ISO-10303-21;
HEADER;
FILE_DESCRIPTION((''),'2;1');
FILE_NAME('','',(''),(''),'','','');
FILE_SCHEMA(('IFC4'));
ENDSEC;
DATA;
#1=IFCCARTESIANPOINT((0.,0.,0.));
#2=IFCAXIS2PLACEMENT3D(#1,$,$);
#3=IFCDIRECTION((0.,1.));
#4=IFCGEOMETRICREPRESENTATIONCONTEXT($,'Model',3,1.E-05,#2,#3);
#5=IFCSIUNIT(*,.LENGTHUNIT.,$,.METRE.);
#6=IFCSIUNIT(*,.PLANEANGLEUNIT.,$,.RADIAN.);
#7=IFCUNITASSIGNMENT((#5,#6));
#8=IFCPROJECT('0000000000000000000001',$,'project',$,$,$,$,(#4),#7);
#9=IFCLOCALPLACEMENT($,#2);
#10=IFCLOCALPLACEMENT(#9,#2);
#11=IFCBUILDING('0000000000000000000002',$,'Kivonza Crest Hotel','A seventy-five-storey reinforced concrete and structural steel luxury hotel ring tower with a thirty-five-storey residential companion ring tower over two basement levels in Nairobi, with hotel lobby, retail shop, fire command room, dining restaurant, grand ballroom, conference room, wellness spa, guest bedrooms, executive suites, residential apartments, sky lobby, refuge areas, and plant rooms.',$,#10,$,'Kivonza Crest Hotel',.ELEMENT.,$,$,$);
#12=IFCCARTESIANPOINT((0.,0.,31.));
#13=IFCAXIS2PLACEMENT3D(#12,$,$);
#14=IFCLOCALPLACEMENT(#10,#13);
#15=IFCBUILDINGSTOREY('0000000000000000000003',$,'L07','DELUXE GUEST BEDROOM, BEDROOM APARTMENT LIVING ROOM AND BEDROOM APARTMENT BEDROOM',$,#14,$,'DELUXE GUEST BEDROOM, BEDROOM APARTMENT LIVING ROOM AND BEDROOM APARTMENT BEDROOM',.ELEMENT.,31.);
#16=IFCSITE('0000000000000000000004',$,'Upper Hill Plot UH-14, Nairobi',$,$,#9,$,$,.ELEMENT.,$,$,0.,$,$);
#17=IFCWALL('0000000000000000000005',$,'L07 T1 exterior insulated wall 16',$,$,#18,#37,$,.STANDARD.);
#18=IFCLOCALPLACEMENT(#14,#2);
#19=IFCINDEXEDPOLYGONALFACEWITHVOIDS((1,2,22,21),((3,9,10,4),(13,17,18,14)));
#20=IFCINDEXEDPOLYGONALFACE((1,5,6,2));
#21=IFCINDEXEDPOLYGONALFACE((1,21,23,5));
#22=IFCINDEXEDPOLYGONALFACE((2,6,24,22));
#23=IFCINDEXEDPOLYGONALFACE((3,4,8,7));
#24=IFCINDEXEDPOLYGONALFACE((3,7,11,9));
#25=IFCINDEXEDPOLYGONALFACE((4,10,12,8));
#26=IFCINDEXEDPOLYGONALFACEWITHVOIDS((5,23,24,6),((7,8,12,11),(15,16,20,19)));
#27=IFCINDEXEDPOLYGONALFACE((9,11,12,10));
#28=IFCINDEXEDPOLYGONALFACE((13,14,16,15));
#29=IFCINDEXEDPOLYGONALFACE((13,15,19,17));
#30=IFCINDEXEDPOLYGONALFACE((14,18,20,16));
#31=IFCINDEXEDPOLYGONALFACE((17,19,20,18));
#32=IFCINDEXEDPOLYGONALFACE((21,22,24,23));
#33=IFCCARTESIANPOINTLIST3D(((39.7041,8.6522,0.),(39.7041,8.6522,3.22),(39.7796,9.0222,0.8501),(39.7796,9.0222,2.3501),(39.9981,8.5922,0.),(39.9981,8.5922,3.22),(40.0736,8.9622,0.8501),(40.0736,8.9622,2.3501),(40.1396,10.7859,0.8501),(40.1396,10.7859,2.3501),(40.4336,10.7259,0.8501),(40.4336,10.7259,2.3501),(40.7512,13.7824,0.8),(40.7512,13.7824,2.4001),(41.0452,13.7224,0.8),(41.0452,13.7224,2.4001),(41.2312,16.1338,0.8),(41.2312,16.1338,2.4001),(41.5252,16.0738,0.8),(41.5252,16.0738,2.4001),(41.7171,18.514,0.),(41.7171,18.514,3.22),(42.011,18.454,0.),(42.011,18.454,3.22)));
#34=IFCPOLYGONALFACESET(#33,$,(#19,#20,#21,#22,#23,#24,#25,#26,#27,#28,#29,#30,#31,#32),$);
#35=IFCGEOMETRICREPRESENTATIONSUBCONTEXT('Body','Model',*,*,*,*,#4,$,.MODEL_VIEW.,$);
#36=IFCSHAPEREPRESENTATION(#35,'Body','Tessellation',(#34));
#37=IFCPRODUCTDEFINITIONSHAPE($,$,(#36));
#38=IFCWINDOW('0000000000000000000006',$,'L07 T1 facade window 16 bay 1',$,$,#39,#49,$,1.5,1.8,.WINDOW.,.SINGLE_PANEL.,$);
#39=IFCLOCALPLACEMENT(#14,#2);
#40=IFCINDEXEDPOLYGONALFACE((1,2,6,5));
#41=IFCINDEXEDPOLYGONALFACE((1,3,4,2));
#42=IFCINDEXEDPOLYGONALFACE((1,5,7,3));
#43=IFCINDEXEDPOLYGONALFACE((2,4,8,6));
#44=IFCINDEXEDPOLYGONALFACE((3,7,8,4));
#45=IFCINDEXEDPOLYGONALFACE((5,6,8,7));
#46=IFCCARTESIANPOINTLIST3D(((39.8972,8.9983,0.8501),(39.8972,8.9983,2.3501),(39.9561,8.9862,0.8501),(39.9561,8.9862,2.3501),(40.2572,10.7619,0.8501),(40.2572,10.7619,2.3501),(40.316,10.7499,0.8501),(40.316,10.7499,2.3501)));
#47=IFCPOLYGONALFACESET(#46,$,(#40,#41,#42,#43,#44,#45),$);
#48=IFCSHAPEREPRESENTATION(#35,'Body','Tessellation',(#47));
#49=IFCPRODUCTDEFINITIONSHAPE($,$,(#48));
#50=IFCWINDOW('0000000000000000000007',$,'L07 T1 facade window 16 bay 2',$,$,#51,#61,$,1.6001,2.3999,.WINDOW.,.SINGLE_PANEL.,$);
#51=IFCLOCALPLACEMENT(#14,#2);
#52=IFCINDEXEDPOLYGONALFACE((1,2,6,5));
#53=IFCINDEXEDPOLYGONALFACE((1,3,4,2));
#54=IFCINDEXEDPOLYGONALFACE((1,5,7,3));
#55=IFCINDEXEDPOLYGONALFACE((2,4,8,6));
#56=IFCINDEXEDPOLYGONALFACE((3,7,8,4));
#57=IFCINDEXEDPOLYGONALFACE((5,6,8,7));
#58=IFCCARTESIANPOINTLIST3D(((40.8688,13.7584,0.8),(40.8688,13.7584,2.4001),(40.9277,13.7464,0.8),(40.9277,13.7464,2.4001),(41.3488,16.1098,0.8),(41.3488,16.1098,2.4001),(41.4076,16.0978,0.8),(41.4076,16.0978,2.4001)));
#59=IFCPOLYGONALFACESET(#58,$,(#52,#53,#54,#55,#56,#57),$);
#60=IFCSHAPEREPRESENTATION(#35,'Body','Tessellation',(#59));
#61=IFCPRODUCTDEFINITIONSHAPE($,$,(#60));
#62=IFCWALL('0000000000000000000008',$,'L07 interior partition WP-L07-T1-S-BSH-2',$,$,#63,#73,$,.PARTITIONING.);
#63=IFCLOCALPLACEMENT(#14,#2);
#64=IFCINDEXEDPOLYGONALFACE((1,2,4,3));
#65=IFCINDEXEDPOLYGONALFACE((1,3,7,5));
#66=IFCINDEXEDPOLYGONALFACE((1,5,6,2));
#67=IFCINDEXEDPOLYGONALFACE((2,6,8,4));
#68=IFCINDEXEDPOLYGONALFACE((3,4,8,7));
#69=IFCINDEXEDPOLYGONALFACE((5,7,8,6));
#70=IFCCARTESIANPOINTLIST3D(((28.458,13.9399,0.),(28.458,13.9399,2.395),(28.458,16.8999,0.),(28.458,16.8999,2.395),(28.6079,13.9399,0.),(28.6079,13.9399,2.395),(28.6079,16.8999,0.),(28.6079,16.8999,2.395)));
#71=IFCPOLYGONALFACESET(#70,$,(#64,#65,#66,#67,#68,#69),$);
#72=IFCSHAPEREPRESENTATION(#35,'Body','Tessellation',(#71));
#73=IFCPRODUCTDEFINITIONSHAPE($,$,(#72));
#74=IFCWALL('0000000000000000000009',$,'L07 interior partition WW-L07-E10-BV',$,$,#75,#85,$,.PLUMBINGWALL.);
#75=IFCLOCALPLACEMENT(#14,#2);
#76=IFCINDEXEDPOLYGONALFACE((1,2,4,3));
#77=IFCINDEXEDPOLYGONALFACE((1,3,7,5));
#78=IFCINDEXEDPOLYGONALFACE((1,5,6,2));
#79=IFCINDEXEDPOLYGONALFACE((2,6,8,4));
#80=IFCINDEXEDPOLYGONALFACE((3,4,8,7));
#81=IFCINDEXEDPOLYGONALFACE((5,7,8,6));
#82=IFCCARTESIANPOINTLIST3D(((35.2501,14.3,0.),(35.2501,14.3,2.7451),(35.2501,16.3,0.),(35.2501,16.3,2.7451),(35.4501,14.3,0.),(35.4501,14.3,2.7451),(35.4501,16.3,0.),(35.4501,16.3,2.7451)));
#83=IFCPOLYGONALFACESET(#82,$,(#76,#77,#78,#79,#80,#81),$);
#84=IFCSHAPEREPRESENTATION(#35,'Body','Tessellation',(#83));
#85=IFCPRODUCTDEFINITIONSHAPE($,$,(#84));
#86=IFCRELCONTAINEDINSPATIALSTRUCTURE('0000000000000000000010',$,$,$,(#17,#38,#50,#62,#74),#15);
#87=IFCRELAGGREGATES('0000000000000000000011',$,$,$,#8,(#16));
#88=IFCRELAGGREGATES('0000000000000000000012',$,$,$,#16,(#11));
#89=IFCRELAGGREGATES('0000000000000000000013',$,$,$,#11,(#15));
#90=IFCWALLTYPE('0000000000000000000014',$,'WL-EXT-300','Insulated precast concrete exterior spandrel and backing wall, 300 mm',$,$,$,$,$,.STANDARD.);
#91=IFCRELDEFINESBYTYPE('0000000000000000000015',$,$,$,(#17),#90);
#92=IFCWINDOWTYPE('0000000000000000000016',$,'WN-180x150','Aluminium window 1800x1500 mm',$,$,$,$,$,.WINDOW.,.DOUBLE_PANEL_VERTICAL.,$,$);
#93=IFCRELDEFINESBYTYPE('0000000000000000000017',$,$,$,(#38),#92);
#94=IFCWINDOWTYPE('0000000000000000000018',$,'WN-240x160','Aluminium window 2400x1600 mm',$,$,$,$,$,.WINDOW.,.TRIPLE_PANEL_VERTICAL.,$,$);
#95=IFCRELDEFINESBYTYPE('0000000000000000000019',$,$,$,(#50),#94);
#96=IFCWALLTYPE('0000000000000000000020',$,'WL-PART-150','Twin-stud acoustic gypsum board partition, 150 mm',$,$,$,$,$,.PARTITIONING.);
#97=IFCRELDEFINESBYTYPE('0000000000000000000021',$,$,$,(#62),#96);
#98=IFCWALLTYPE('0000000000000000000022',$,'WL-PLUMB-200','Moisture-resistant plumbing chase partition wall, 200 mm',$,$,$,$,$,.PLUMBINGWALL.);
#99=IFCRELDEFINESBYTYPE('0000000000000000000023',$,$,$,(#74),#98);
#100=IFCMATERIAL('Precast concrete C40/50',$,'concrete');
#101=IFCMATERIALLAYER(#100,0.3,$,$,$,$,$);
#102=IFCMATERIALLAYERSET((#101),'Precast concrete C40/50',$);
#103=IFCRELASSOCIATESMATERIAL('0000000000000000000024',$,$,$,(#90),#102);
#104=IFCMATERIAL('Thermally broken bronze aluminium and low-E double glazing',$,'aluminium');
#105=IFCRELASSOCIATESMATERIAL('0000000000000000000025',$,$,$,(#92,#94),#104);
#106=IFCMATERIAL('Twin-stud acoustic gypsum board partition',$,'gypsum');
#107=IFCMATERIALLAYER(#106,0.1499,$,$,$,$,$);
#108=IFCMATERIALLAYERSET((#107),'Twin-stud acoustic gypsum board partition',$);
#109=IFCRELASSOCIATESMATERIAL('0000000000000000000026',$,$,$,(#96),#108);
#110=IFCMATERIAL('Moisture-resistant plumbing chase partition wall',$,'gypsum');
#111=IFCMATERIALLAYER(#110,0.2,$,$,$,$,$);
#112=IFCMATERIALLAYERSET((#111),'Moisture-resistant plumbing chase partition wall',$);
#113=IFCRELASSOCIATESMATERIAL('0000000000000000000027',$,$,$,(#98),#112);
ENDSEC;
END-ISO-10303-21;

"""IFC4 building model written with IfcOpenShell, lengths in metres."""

from ifc_helpers import new_model, si_unit, direction, frame, frame_2d, origin, place, context, subcontext, project, spatial, rectangle, extrude, material, layer, layer_set, type_object, element, fill, save


model = new_model("IFC4")

# Units and contexts
model_context = context("Model", 3, precision=1e-05, world=origin(), true_north=direction((0.0, 1.0)))
body_context = subcontext(model_context, "Body", "Model", "MODEL_VIEW")
ifc_project = project(units=[si_unit("LENGTHUNIT", "METRE"), si_unit("PLANEANGLEUNIT", "RADIAN")], contexts=[model_context])

# Site, building, storey
site_placement = place(None, origin())
site = spatial("IfcSite", under=ifc_project, at=site_placement, Name="Upper Hill Plot UH-14, Nairobi", CompositionType="ELEMENT", RefElevation=0.0)
building_placement = place(site_placement, origin())
building = spatial("IfcBuilding", under=site, at=building_placement, Name="Kivonza Crest Hotel", Description="A seventy-five-storey reinforced concrete and structural steel luxury hotel ring tower with a thirty-five-storey residential companion ring tower over two basement levels in Nairobi, with hotel lobby, retail shop, fire command room, dining restaurant, grand ballroom, conference room, wellness spa, guest bedrooms, executive suites, residential apartments, sky lobby, refuge areas, and plant rooms.", LongName="Kivonza Crest Hotel", CompositionType="ELEMENT")
storey_placement = place(building_placement, frame((0.0, 0.0, 31.0)))
storey = spatial("IfcBuildingStorey", under=building, at=storey_placement, Name="L07", Description="DELUXE GUEST BEDROOM, BEDROOM APARTMENT LIVING ROOM AND BEDROOM APARTMENT BEDROOM", LongName="DELUXE GUEST BEDROOM, BEDROOM APARTMENT LIVING ROOM AND BEDROOM APARTMENT BEDROOM", CompositionType="ELEMENT", Elevation=31.0)

# Shared definitions
ifc_material_1 = material(Name="Precast concrete C40/50", Category="concrete")
ifc_layer_1 = layer(ifc_material_1, 0.3)
ifc_layer_set_1 = layer_set([ifc_layer_1], Name="Precast concrete C40/50")
wall_type_1 = type_object("IfcWallType", Name="WL-EXT-300", Description="Insulated precast concrete exterior spandrel and backing wall, 300 mm", PredefinedType="STANDARD", material=ifc_layer_set_1)

# Wall, openings, windows
wall_1_placement = place(storey_placement, frame((39.8511, 8.6221, 0.0), z_axis=(0.0, 0.0, 1.0), x_axis=(0.199991, 0.979798, 0.0)))
wall_1 = element("IfcWall", 1, at=wall_1_placement, inside=storey, type_object=wall_type_1, Name="L07 T1 exterior insulated wall 16", PredefinedType="STANDARD", context=body_context, shape_type="SweptSolid", body=[
    extrude(rectangle(XDim=10.0652, YDim=0.3, at=frame_2d((5.0327, 0.0))), origin(), (0.0, 0.0, 1.0), 3.22),
])
opening_1_placement = place(wall_1_placement, frame((0.3779, 0.0, 0.8501)))
opening_1 = element("IfcOpeningElement", 2, at=opening_1_placement, cuts=wall_1, PredefinedType="OPENING", context=body_context, shape_type="SweptSolid", body=[
    extrude(rectangle(XDim=1.8, YDim=1.5, at=frame_2d((0.8999, 0.75))), frame((0.0, 0.1602, 0.0), z_axis=(0.0, -1.0, 0.0), x_axis=(1.0, 0.0, 0.0)), (0.0, 0.0, 1.0), 0.3201),
])
opening_2_placement = place(wall_1_placement, frame((5.2361, 0.0, 0.8)))
opening_2 = element("IfcOpeningElement", 3, at=opening_2_placement, cuts=wall_1, PredefinedType="OPENING", context=body_context, shape_type="SweptSolid", body=[
    extrude(rectangle(XDim=2.3999, YDim=1.6001, at=frame_2d((1.2, 0.8))), frame((0.0, 0.1602, 0.0), z_axis=(0.0, -1.0, 0.0), x_axis=(1.0, 0.0, 0.0)), (0.0, 0.0, 1.0), 0.3201),
])
ifc_material_2 = material(Name="Thermally broken bronze aluminium and low-E double glazing", Category="aluminium")
window_type_1 = type_object("IfcWindowType", Name="WN-180x150", Description="Aluminium window 1800x1500 mm", PartitioningType="DOUBLE_PANEL_VERTICAL", PredefinedType="WINDOW", material=ifc_material_2)
window_1_placement = place(opening_1_placement, origin())
window_1 = element("IfcWindow", 4, at=window_1_placement, inside=storey, type_object=window_type_1, Name="L07 T1 facade window 16 bay 1", OverallHeight=1.5, OverallWidth=1.8, PartitioningType="SINGLE_PANEL", PredefinedType="WINDOW", context=body_context, shape_type="SweptSolid", body=[
    extrude(rectangle(XDim=1.8, YDim=1.5, at=frame_2d((0.8999, 0.75))), frame((0.0, 0.03, 0.0), z_axis=(0.0, -1.0, 0.0), x_axis=(1.0, 0.0, 0.0)), (0.0, 0.0, 1.0), 0.0601),
])
fill(opening_1, window_1)
window_type_2 = type_object("IfcWindowType", Name="WN-240x160", Description="Aluminium window 2400x1600 mm", PartitioningType="TRIPLE_PANEL_VERTICAL", PredefinedType="WINDOW", material=ifc_material_2)
window_2_placement = place(opening_2_placement, origin())
window_2 = element("IfcWindow", 5, at=window_2_placement, inside=storey, type_object=window_type_2, Name="L07 T1 facade window 16 bay 2", OverallHeight=1.6001, OverallWidth=2.3999, PartitioningType="SINGLE_PANEL", PredefinedType="WINDOW", context=body_context, shape_type="SweptSolid", body=[
    extrude(rectangle(XDim=2.3999, YDim=1.6001, at=frame_2d((1.2, 0.8))), frame((0.0, 0.03, 0.0), z_axis=(0.0, -1.0, 0.0), x_axis=(1.0, 0.0, 0.0)), (0.0, 0.0, 1.0), 0.0601),
])
fill(opening_2, window_2)

# Walls
ifc_material_3 = material(Name="Twin-stud acoustic gypsum board partition", Category="gypsum")
ifc_layer_2 = layer(ifc_material_3, 0.1499)
ifc_layer_set_2 = layer_set([ifc_layer_2], Name="Twin-stud acoustic gypsum board partition")
wall_type_2 = type_object("IfcWallType", Name="WL-PART-150", Description="Twin-stud acoustic gypsum board partition, 150 mm", PredefinedType="PARTITIONING", material=ifc_layer_set_2)
wall_2_placement = place(storey_placement, frame((28.533, 13.9399, 0.0), z_axis=(0.0, 0.0, 1.0), x_axis=(0.0, 1.0, 0.0)))
element("IfcWall", 6, at=wall_2_placement, inside=storey, type_object=wall_type_2, Name="L07 interior partition WP-L07-T1-S-BSH-2", PredefinedType="PARTITIONING", context=body_context, shape_type="SweptSolid", body=[
    extrude(rectangle(XDim=2.96, YDim=0.1499, at=frame_2d((1.48, 0.0))), origin(), (0.0, 0.0, 1.0), 2.395),
])
ifc_material_4 = material(Name="Moisture-resistant plumbing chase partition wall", Category="gypsum")
ifc_layer_3 = layer(ifc_material_4, 0.2)
ifc_layer_set_3 = layer_set([ifc_layer_3], Name="Moisture-resistant plumbing chase partition wall")
wall_type_3 = type_object("IfcWallType", Name="WL-PLUMB-200", Description="Moisture-resistant plumbing chase partition wall, 200 mm", PredefinedType="PLUMBINGWALL", material=ifc_layer_set_3)
wall_3_placement = place(storey_placement, frame((35.3501, 14.3, 0.0), z_axis=(0.0, 0.0, 1.0), x_axis=(0.0, 1.0, 0.0)))
element("IfcWall", 7, at=wall_3_placement, inside=storey, type_object=wall_type_3, Name="L07 interior partition WW-L07-E10-BV", PredefinedType="PLUMBINGWALL", context=body_context, shape_type="SweptSolid", body=[
    extrude(rectangle(XDim=2.0, YDim=0.2, at=frame_2d((1.0, 0.0))), origin(), (0.0, 0.0, 1.0), 2.7451),
])

save(model, "model.ifc")
